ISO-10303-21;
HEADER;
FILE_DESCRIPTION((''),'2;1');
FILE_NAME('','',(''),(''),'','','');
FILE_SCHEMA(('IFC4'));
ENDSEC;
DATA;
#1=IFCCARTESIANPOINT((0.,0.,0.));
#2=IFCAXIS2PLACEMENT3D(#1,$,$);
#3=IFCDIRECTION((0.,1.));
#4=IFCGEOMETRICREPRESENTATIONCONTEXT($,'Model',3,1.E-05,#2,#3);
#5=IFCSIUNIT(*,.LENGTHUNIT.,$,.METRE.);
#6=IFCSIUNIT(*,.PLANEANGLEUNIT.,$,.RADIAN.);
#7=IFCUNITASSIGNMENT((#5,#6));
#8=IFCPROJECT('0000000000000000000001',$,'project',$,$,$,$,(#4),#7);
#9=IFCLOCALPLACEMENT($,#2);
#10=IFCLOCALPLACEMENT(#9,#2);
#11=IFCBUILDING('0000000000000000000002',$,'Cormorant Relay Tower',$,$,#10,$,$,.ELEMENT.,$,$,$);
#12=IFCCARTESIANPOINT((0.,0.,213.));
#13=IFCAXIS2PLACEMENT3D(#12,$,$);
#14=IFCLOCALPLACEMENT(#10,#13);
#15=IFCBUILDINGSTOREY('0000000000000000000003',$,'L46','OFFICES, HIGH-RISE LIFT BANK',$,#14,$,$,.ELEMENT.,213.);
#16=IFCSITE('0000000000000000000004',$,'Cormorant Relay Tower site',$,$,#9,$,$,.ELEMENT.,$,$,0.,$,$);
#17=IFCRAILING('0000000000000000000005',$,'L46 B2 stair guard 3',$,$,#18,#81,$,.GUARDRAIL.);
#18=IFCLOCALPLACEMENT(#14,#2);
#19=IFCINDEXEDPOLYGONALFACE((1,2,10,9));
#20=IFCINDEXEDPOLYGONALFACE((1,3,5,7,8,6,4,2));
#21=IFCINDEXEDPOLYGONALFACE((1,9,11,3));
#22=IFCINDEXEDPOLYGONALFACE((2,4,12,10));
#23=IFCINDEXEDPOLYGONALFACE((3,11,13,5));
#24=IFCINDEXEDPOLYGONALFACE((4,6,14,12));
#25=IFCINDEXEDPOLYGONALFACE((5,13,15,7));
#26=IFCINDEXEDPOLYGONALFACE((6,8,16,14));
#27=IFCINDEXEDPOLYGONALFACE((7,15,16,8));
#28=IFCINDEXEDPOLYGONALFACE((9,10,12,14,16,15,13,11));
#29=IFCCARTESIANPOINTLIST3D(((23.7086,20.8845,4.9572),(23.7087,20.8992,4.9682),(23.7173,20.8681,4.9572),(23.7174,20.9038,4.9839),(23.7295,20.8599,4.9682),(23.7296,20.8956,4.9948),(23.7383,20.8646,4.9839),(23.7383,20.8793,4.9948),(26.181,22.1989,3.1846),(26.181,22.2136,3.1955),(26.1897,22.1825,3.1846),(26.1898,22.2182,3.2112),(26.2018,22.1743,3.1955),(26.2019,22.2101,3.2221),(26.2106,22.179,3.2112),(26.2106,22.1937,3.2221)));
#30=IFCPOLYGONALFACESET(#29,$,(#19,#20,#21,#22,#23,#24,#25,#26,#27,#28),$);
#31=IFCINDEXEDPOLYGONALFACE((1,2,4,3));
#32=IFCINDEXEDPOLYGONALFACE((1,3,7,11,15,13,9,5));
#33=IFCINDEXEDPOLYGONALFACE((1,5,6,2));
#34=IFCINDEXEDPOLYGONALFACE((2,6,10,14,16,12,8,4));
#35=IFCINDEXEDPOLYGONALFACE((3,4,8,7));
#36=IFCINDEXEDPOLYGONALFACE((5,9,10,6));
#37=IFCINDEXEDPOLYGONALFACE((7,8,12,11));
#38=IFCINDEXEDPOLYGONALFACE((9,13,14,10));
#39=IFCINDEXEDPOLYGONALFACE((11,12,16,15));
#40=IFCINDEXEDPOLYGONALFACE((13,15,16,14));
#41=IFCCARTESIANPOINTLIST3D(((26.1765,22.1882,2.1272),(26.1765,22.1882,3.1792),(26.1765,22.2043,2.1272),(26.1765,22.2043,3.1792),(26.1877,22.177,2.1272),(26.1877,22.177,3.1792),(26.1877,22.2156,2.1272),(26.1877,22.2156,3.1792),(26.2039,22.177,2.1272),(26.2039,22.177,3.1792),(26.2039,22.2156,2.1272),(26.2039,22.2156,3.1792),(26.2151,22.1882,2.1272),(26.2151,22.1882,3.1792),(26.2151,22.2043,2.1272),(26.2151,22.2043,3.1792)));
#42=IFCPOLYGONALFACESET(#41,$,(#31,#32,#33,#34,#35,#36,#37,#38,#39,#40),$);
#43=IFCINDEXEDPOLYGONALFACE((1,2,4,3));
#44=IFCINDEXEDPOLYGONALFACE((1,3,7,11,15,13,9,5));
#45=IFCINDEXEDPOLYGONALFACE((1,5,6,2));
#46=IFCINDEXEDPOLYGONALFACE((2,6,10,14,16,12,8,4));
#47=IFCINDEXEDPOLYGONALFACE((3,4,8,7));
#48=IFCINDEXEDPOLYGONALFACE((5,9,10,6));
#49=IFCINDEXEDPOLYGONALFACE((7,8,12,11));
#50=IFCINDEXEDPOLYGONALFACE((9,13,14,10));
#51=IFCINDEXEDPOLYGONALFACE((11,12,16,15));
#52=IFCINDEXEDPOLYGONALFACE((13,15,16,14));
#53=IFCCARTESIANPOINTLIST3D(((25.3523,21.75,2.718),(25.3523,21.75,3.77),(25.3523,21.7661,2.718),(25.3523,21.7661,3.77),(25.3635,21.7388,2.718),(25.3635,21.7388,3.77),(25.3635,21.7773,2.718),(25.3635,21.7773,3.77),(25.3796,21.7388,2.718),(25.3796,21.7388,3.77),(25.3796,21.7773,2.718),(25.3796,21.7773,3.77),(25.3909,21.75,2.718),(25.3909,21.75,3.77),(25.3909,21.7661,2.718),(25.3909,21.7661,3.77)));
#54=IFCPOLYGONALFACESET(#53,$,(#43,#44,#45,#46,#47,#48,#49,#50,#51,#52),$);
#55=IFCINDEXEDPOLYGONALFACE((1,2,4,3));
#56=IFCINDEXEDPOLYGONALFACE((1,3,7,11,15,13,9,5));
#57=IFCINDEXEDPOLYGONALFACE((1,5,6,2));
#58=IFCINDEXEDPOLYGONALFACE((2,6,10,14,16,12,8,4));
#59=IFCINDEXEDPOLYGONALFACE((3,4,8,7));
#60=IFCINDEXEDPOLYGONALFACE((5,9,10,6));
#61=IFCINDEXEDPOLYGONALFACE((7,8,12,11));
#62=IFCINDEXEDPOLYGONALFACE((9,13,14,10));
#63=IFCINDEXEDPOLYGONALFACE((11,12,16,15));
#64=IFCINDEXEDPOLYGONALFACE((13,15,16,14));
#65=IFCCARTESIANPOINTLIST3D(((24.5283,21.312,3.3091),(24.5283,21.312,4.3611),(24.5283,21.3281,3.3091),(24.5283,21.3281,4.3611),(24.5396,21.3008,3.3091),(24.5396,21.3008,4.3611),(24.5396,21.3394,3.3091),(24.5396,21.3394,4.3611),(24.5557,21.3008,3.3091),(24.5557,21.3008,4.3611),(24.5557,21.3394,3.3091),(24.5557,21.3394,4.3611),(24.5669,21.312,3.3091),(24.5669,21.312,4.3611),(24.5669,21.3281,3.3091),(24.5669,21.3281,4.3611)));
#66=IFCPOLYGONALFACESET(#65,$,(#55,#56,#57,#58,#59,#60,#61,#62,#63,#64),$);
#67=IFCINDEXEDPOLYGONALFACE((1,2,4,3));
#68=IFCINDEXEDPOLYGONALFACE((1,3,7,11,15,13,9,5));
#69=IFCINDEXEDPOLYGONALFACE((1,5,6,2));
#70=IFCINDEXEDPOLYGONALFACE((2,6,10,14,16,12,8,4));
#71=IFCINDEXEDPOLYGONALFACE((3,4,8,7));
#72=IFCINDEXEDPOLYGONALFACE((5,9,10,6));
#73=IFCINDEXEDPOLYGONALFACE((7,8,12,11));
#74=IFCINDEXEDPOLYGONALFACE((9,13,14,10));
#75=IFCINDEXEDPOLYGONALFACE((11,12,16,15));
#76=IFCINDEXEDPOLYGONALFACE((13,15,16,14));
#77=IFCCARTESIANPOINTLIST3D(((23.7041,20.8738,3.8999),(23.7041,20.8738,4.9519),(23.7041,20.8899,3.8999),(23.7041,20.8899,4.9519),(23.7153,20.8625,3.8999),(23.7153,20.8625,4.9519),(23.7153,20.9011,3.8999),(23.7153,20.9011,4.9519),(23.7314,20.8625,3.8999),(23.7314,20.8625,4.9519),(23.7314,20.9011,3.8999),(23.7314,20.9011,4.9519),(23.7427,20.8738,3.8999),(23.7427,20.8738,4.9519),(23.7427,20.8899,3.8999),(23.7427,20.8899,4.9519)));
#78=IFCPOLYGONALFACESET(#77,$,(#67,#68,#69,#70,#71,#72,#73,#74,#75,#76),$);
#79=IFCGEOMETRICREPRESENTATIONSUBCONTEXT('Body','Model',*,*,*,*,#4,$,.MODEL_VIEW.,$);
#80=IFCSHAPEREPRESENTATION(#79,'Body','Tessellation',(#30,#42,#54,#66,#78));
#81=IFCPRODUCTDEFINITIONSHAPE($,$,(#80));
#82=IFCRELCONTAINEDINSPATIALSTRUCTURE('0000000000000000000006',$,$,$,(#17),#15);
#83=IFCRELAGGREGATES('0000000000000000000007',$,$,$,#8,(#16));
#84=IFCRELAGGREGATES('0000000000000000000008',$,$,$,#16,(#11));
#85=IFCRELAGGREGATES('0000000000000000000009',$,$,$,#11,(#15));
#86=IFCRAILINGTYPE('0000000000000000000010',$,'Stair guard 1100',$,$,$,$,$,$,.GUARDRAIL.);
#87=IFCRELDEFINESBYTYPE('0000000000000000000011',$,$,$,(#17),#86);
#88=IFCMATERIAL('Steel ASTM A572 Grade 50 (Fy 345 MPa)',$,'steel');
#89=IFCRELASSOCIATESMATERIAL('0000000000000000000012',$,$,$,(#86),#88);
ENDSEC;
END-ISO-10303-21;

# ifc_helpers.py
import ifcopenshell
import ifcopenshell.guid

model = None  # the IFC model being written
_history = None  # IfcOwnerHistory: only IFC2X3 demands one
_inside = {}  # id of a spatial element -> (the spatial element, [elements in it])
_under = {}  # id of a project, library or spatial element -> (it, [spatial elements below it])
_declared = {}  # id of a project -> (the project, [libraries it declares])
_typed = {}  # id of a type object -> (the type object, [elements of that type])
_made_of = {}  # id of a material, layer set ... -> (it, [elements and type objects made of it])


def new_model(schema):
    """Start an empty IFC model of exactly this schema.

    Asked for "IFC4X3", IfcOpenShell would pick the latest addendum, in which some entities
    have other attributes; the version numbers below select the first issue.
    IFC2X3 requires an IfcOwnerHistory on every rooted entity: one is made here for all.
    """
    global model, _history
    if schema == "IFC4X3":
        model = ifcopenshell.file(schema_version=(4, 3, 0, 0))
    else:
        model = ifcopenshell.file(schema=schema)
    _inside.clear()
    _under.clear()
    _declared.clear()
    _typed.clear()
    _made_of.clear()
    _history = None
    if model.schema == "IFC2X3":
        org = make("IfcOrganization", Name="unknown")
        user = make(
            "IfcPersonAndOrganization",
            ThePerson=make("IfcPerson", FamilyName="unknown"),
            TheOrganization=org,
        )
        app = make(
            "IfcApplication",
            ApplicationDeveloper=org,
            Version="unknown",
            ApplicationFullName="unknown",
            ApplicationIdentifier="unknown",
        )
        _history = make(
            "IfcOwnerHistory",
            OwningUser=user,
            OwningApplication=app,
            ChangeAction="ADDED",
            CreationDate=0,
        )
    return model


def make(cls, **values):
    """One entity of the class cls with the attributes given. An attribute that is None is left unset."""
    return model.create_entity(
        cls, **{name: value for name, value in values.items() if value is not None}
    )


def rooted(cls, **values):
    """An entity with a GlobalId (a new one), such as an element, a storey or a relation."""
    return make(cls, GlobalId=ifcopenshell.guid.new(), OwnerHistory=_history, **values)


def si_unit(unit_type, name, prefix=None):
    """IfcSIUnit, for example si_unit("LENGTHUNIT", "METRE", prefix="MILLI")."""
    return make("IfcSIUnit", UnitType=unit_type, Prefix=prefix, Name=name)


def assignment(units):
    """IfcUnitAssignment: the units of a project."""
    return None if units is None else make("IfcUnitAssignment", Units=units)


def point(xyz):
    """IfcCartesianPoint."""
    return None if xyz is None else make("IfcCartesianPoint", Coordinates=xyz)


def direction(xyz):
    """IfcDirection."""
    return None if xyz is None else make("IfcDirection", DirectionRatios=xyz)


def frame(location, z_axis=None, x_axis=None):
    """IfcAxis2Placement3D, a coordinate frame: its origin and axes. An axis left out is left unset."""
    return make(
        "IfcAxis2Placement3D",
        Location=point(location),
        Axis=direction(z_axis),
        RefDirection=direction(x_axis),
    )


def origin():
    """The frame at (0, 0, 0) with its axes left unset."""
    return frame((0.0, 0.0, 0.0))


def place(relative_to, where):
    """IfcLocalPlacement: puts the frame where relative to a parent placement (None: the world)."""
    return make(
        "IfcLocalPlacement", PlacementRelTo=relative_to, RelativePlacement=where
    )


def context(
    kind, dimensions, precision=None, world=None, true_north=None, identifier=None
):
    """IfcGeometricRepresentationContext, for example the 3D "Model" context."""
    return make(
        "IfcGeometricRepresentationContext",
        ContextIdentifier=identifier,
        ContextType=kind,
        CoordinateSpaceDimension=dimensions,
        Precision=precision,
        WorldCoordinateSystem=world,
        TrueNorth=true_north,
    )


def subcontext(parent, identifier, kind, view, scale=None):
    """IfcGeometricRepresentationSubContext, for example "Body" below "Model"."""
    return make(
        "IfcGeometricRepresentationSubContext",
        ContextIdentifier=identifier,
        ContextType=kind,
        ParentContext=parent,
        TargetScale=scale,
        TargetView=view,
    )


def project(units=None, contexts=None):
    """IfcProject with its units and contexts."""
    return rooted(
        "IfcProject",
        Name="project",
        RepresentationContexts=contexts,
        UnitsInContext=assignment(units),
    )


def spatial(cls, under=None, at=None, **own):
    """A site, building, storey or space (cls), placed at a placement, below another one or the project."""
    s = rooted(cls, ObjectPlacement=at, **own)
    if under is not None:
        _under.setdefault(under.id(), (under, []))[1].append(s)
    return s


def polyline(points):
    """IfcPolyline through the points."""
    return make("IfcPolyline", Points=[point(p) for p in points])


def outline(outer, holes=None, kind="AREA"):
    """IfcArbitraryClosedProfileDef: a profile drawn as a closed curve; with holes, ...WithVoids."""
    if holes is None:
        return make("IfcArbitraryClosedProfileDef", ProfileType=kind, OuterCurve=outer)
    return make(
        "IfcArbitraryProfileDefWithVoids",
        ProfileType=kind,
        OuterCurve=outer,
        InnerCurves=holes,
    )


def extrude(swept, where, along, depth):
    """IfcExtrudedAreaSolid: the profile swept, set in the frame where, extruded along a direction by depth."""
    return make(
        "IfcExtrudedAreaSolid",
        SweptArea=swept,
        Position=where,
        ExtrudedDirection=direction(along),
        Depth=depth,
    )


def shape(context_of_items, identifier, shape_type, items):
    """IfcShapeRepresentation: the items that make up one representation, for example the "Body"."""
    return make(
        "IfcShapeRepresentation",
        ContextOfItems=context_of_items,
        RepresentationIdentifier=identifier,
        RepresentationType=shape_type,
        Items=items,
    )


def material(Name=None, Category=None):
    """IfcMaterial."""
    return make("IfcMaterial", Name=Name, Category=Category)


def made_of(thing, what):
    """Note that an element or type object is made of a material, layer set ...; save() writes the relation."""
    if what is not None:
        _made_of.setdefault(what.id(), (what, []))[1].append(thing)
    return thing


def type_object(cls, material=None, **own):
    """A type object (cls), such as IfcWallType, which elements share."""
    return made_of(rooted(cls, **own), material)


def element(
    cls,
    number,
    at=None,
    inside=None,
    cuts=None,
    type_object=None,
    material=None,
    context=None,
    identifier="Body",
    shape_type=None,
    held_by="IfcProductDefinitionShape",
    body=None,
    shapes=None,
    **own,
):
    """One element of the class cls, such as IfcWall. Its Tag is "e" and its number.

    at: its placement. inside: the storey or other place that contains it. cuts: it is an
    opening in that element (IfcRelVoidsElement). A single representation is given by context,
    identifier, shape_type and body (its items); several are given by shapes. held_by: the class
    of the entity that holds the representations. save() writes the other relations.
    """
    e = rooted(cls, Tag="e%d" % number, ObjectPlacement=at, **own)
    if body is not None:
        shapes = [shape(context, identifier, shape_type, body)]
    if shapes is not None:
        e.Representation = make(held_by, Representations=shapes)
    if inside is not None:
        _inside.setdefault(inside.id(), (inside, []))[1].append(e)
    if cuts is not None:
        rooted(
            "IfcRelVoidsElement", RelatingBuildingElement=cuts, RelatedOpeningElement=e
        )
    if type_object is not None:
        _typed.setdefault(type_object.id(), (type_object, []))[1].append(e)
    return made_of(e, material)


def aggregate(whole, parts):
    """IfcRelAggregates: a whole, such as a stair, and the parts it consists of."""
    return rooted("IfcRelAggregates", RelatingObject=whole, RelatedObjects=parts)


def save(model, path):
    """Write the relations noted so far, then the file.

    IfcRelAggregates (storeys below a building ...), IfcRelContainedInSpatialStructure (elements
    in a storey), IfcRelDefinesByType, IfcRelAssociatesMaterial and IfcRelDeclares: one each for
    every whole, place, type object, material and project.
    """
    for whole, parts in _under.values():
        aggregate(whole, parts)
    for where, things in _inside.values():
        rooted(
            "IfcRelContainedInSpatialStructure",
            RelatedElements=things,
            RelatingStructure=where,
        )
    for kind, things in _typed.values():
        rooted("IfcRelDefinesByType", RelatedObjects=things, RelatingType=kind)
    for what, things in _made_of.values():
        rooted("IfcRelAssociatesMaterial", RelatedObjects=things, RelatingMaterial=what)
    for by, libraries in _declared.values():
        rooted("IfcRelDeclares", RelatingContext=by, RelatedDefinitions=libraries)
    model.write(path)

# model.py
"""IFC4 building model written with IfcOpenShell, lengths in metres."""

from ifc_helpers import new_model, si_unit, direction, frame, origin, place, context, subcontext, project, spatial, polyline, outline, extrude, material, type_object, element, save


model = new_model("IFC4")

# Units and contexts
model_context = context("Model", 3, precision=1e-05, world=origin(), true_north=direction((0.0, 1.0)))
body_context = subcontext(model_context, "Body", "Model", "MODEL_VIEW")
ifc_project = project(units=[si_unit("LENGTHUNIT", "METRE"), si_unit("PLANEANGLEUNIT", "RADIAN")], contexts=[model_context])

# Site, building, storey
site_placement = place(None, origin())
site = spatial("IfcSite", under=ifc_project, at=site_placement, Name="Cormorant Relay Tower site", CompositionType="ELEMENT", RefElevation=0.0)
building_placement = place(site_placement, origin())
building = spatial("IfcBuilding", under=site, at=building_placement, Name="Cormorant Relay Tower", CompositionType="ELEMENT")
storey_placement = place(building_placement, frame((0.0, 0.0, 213.0)))
storey = spatial("IfcBuildingStorey", under=building, at=storey_placement, Name="L46", Description="OFFICES, HIGH-RISE LIFT BANK", CompositionType="ELEMENT", Elevation=213.0)

# Railing
ifc_material_1 = material(Name="Steel ASTM A572 Grade 50 (Fy 345 MPa)", Category="steel")
railing_type = type_object("IfcRailingType", Name="Stair guard 1100", PredefinedType="GUARDRAIL", material=ifc_material_1)
railing_1_placement = place(storey_placement, frame((26.1958, 22.1963, 2.1272)))
element("IfcRailing", 1, at=railing_1_placement, inside=storey, type_object=railing_type, Name="L46 B2 stair guard 3", PredefinedType="GUARDRAIL", context=body_context, shape_type="SweptSolid", body=[
    extrude(outline(polyline([(0.0222, 0.0093), (0.0093, 0.0222), (-0.0093, 0.0222), (-0.0222, 0.0093), (-0.0222, -0.0093), (-0.0093, -0.0222), (0.0093, -0.0222), (0.0222, -0.0093), (0.0222, 0.0093)])), frame((0.0, 0.0, 1.0762), z_axis=(-0.746034, -0.396627, 0.534902), x_axis=(0.469429, -0.88297, 0.0)), (0.0, 0.0, 1.0), 3.314),
    extrude(outline(polyline([(0.0193, 0.0081), (0.0081, 0.0193), (-0.0081, 0.0193), (-0.0193, 0.0081), (-0.0193, -0.0081), (-0.0081, -0.0193), (0.0081, -0.0193), (0.0193, -0.0081), (0.0193, 0.0081)])), origin(), (0.0, 0.0, 1.0), 1.052),
    extrude(outline(polyline([(0.0193, 0.0081), (0.0081, 0.0193), (-0.0081, 0.0193), (-0.0193, 0.0081), (-0.0193, -0.0081), (-0.0081, -0.0193), (0.0081, -0.0193), (0.0193, -0.0081), (0.0193, 0.0081)])), frame((-0.8242, -0.4382, 0.5908)), (0.0, 0.0, 1.0), 1.052),
    extrude(outline(polyline([(0.0193, 0.0081), (0.0081, 0.0193), (-0.0081, 0.0193), (-0.0193, 0.0081), (-0.0193, -0.0081), (-0.0081, -0.0193), (0.0081, -0.0193), (0.0193, -0.0081), (0.0193, 0.0081)])), frame((-1.6482, -0.8762, 1.1819)), (0.0, 0.0, 1.0), 1.052),
    extrude(outline(polyline([(0.0193, 0.0081), (0.0081, 0.0193), (-0.0081, 0.0193), (-0.0193, 0.0081), (-0.0193, -0.0081), (-0.0081, -0.0193), (0.0081, -0.0193), (0.0193, -0.0081), (0.0193, 0.0081)])), frame((-2.4724, -1.3145, 1.7727)), (0.0, 0.0, 1.0), 1.052),
])

save(model, "model.ifc")
